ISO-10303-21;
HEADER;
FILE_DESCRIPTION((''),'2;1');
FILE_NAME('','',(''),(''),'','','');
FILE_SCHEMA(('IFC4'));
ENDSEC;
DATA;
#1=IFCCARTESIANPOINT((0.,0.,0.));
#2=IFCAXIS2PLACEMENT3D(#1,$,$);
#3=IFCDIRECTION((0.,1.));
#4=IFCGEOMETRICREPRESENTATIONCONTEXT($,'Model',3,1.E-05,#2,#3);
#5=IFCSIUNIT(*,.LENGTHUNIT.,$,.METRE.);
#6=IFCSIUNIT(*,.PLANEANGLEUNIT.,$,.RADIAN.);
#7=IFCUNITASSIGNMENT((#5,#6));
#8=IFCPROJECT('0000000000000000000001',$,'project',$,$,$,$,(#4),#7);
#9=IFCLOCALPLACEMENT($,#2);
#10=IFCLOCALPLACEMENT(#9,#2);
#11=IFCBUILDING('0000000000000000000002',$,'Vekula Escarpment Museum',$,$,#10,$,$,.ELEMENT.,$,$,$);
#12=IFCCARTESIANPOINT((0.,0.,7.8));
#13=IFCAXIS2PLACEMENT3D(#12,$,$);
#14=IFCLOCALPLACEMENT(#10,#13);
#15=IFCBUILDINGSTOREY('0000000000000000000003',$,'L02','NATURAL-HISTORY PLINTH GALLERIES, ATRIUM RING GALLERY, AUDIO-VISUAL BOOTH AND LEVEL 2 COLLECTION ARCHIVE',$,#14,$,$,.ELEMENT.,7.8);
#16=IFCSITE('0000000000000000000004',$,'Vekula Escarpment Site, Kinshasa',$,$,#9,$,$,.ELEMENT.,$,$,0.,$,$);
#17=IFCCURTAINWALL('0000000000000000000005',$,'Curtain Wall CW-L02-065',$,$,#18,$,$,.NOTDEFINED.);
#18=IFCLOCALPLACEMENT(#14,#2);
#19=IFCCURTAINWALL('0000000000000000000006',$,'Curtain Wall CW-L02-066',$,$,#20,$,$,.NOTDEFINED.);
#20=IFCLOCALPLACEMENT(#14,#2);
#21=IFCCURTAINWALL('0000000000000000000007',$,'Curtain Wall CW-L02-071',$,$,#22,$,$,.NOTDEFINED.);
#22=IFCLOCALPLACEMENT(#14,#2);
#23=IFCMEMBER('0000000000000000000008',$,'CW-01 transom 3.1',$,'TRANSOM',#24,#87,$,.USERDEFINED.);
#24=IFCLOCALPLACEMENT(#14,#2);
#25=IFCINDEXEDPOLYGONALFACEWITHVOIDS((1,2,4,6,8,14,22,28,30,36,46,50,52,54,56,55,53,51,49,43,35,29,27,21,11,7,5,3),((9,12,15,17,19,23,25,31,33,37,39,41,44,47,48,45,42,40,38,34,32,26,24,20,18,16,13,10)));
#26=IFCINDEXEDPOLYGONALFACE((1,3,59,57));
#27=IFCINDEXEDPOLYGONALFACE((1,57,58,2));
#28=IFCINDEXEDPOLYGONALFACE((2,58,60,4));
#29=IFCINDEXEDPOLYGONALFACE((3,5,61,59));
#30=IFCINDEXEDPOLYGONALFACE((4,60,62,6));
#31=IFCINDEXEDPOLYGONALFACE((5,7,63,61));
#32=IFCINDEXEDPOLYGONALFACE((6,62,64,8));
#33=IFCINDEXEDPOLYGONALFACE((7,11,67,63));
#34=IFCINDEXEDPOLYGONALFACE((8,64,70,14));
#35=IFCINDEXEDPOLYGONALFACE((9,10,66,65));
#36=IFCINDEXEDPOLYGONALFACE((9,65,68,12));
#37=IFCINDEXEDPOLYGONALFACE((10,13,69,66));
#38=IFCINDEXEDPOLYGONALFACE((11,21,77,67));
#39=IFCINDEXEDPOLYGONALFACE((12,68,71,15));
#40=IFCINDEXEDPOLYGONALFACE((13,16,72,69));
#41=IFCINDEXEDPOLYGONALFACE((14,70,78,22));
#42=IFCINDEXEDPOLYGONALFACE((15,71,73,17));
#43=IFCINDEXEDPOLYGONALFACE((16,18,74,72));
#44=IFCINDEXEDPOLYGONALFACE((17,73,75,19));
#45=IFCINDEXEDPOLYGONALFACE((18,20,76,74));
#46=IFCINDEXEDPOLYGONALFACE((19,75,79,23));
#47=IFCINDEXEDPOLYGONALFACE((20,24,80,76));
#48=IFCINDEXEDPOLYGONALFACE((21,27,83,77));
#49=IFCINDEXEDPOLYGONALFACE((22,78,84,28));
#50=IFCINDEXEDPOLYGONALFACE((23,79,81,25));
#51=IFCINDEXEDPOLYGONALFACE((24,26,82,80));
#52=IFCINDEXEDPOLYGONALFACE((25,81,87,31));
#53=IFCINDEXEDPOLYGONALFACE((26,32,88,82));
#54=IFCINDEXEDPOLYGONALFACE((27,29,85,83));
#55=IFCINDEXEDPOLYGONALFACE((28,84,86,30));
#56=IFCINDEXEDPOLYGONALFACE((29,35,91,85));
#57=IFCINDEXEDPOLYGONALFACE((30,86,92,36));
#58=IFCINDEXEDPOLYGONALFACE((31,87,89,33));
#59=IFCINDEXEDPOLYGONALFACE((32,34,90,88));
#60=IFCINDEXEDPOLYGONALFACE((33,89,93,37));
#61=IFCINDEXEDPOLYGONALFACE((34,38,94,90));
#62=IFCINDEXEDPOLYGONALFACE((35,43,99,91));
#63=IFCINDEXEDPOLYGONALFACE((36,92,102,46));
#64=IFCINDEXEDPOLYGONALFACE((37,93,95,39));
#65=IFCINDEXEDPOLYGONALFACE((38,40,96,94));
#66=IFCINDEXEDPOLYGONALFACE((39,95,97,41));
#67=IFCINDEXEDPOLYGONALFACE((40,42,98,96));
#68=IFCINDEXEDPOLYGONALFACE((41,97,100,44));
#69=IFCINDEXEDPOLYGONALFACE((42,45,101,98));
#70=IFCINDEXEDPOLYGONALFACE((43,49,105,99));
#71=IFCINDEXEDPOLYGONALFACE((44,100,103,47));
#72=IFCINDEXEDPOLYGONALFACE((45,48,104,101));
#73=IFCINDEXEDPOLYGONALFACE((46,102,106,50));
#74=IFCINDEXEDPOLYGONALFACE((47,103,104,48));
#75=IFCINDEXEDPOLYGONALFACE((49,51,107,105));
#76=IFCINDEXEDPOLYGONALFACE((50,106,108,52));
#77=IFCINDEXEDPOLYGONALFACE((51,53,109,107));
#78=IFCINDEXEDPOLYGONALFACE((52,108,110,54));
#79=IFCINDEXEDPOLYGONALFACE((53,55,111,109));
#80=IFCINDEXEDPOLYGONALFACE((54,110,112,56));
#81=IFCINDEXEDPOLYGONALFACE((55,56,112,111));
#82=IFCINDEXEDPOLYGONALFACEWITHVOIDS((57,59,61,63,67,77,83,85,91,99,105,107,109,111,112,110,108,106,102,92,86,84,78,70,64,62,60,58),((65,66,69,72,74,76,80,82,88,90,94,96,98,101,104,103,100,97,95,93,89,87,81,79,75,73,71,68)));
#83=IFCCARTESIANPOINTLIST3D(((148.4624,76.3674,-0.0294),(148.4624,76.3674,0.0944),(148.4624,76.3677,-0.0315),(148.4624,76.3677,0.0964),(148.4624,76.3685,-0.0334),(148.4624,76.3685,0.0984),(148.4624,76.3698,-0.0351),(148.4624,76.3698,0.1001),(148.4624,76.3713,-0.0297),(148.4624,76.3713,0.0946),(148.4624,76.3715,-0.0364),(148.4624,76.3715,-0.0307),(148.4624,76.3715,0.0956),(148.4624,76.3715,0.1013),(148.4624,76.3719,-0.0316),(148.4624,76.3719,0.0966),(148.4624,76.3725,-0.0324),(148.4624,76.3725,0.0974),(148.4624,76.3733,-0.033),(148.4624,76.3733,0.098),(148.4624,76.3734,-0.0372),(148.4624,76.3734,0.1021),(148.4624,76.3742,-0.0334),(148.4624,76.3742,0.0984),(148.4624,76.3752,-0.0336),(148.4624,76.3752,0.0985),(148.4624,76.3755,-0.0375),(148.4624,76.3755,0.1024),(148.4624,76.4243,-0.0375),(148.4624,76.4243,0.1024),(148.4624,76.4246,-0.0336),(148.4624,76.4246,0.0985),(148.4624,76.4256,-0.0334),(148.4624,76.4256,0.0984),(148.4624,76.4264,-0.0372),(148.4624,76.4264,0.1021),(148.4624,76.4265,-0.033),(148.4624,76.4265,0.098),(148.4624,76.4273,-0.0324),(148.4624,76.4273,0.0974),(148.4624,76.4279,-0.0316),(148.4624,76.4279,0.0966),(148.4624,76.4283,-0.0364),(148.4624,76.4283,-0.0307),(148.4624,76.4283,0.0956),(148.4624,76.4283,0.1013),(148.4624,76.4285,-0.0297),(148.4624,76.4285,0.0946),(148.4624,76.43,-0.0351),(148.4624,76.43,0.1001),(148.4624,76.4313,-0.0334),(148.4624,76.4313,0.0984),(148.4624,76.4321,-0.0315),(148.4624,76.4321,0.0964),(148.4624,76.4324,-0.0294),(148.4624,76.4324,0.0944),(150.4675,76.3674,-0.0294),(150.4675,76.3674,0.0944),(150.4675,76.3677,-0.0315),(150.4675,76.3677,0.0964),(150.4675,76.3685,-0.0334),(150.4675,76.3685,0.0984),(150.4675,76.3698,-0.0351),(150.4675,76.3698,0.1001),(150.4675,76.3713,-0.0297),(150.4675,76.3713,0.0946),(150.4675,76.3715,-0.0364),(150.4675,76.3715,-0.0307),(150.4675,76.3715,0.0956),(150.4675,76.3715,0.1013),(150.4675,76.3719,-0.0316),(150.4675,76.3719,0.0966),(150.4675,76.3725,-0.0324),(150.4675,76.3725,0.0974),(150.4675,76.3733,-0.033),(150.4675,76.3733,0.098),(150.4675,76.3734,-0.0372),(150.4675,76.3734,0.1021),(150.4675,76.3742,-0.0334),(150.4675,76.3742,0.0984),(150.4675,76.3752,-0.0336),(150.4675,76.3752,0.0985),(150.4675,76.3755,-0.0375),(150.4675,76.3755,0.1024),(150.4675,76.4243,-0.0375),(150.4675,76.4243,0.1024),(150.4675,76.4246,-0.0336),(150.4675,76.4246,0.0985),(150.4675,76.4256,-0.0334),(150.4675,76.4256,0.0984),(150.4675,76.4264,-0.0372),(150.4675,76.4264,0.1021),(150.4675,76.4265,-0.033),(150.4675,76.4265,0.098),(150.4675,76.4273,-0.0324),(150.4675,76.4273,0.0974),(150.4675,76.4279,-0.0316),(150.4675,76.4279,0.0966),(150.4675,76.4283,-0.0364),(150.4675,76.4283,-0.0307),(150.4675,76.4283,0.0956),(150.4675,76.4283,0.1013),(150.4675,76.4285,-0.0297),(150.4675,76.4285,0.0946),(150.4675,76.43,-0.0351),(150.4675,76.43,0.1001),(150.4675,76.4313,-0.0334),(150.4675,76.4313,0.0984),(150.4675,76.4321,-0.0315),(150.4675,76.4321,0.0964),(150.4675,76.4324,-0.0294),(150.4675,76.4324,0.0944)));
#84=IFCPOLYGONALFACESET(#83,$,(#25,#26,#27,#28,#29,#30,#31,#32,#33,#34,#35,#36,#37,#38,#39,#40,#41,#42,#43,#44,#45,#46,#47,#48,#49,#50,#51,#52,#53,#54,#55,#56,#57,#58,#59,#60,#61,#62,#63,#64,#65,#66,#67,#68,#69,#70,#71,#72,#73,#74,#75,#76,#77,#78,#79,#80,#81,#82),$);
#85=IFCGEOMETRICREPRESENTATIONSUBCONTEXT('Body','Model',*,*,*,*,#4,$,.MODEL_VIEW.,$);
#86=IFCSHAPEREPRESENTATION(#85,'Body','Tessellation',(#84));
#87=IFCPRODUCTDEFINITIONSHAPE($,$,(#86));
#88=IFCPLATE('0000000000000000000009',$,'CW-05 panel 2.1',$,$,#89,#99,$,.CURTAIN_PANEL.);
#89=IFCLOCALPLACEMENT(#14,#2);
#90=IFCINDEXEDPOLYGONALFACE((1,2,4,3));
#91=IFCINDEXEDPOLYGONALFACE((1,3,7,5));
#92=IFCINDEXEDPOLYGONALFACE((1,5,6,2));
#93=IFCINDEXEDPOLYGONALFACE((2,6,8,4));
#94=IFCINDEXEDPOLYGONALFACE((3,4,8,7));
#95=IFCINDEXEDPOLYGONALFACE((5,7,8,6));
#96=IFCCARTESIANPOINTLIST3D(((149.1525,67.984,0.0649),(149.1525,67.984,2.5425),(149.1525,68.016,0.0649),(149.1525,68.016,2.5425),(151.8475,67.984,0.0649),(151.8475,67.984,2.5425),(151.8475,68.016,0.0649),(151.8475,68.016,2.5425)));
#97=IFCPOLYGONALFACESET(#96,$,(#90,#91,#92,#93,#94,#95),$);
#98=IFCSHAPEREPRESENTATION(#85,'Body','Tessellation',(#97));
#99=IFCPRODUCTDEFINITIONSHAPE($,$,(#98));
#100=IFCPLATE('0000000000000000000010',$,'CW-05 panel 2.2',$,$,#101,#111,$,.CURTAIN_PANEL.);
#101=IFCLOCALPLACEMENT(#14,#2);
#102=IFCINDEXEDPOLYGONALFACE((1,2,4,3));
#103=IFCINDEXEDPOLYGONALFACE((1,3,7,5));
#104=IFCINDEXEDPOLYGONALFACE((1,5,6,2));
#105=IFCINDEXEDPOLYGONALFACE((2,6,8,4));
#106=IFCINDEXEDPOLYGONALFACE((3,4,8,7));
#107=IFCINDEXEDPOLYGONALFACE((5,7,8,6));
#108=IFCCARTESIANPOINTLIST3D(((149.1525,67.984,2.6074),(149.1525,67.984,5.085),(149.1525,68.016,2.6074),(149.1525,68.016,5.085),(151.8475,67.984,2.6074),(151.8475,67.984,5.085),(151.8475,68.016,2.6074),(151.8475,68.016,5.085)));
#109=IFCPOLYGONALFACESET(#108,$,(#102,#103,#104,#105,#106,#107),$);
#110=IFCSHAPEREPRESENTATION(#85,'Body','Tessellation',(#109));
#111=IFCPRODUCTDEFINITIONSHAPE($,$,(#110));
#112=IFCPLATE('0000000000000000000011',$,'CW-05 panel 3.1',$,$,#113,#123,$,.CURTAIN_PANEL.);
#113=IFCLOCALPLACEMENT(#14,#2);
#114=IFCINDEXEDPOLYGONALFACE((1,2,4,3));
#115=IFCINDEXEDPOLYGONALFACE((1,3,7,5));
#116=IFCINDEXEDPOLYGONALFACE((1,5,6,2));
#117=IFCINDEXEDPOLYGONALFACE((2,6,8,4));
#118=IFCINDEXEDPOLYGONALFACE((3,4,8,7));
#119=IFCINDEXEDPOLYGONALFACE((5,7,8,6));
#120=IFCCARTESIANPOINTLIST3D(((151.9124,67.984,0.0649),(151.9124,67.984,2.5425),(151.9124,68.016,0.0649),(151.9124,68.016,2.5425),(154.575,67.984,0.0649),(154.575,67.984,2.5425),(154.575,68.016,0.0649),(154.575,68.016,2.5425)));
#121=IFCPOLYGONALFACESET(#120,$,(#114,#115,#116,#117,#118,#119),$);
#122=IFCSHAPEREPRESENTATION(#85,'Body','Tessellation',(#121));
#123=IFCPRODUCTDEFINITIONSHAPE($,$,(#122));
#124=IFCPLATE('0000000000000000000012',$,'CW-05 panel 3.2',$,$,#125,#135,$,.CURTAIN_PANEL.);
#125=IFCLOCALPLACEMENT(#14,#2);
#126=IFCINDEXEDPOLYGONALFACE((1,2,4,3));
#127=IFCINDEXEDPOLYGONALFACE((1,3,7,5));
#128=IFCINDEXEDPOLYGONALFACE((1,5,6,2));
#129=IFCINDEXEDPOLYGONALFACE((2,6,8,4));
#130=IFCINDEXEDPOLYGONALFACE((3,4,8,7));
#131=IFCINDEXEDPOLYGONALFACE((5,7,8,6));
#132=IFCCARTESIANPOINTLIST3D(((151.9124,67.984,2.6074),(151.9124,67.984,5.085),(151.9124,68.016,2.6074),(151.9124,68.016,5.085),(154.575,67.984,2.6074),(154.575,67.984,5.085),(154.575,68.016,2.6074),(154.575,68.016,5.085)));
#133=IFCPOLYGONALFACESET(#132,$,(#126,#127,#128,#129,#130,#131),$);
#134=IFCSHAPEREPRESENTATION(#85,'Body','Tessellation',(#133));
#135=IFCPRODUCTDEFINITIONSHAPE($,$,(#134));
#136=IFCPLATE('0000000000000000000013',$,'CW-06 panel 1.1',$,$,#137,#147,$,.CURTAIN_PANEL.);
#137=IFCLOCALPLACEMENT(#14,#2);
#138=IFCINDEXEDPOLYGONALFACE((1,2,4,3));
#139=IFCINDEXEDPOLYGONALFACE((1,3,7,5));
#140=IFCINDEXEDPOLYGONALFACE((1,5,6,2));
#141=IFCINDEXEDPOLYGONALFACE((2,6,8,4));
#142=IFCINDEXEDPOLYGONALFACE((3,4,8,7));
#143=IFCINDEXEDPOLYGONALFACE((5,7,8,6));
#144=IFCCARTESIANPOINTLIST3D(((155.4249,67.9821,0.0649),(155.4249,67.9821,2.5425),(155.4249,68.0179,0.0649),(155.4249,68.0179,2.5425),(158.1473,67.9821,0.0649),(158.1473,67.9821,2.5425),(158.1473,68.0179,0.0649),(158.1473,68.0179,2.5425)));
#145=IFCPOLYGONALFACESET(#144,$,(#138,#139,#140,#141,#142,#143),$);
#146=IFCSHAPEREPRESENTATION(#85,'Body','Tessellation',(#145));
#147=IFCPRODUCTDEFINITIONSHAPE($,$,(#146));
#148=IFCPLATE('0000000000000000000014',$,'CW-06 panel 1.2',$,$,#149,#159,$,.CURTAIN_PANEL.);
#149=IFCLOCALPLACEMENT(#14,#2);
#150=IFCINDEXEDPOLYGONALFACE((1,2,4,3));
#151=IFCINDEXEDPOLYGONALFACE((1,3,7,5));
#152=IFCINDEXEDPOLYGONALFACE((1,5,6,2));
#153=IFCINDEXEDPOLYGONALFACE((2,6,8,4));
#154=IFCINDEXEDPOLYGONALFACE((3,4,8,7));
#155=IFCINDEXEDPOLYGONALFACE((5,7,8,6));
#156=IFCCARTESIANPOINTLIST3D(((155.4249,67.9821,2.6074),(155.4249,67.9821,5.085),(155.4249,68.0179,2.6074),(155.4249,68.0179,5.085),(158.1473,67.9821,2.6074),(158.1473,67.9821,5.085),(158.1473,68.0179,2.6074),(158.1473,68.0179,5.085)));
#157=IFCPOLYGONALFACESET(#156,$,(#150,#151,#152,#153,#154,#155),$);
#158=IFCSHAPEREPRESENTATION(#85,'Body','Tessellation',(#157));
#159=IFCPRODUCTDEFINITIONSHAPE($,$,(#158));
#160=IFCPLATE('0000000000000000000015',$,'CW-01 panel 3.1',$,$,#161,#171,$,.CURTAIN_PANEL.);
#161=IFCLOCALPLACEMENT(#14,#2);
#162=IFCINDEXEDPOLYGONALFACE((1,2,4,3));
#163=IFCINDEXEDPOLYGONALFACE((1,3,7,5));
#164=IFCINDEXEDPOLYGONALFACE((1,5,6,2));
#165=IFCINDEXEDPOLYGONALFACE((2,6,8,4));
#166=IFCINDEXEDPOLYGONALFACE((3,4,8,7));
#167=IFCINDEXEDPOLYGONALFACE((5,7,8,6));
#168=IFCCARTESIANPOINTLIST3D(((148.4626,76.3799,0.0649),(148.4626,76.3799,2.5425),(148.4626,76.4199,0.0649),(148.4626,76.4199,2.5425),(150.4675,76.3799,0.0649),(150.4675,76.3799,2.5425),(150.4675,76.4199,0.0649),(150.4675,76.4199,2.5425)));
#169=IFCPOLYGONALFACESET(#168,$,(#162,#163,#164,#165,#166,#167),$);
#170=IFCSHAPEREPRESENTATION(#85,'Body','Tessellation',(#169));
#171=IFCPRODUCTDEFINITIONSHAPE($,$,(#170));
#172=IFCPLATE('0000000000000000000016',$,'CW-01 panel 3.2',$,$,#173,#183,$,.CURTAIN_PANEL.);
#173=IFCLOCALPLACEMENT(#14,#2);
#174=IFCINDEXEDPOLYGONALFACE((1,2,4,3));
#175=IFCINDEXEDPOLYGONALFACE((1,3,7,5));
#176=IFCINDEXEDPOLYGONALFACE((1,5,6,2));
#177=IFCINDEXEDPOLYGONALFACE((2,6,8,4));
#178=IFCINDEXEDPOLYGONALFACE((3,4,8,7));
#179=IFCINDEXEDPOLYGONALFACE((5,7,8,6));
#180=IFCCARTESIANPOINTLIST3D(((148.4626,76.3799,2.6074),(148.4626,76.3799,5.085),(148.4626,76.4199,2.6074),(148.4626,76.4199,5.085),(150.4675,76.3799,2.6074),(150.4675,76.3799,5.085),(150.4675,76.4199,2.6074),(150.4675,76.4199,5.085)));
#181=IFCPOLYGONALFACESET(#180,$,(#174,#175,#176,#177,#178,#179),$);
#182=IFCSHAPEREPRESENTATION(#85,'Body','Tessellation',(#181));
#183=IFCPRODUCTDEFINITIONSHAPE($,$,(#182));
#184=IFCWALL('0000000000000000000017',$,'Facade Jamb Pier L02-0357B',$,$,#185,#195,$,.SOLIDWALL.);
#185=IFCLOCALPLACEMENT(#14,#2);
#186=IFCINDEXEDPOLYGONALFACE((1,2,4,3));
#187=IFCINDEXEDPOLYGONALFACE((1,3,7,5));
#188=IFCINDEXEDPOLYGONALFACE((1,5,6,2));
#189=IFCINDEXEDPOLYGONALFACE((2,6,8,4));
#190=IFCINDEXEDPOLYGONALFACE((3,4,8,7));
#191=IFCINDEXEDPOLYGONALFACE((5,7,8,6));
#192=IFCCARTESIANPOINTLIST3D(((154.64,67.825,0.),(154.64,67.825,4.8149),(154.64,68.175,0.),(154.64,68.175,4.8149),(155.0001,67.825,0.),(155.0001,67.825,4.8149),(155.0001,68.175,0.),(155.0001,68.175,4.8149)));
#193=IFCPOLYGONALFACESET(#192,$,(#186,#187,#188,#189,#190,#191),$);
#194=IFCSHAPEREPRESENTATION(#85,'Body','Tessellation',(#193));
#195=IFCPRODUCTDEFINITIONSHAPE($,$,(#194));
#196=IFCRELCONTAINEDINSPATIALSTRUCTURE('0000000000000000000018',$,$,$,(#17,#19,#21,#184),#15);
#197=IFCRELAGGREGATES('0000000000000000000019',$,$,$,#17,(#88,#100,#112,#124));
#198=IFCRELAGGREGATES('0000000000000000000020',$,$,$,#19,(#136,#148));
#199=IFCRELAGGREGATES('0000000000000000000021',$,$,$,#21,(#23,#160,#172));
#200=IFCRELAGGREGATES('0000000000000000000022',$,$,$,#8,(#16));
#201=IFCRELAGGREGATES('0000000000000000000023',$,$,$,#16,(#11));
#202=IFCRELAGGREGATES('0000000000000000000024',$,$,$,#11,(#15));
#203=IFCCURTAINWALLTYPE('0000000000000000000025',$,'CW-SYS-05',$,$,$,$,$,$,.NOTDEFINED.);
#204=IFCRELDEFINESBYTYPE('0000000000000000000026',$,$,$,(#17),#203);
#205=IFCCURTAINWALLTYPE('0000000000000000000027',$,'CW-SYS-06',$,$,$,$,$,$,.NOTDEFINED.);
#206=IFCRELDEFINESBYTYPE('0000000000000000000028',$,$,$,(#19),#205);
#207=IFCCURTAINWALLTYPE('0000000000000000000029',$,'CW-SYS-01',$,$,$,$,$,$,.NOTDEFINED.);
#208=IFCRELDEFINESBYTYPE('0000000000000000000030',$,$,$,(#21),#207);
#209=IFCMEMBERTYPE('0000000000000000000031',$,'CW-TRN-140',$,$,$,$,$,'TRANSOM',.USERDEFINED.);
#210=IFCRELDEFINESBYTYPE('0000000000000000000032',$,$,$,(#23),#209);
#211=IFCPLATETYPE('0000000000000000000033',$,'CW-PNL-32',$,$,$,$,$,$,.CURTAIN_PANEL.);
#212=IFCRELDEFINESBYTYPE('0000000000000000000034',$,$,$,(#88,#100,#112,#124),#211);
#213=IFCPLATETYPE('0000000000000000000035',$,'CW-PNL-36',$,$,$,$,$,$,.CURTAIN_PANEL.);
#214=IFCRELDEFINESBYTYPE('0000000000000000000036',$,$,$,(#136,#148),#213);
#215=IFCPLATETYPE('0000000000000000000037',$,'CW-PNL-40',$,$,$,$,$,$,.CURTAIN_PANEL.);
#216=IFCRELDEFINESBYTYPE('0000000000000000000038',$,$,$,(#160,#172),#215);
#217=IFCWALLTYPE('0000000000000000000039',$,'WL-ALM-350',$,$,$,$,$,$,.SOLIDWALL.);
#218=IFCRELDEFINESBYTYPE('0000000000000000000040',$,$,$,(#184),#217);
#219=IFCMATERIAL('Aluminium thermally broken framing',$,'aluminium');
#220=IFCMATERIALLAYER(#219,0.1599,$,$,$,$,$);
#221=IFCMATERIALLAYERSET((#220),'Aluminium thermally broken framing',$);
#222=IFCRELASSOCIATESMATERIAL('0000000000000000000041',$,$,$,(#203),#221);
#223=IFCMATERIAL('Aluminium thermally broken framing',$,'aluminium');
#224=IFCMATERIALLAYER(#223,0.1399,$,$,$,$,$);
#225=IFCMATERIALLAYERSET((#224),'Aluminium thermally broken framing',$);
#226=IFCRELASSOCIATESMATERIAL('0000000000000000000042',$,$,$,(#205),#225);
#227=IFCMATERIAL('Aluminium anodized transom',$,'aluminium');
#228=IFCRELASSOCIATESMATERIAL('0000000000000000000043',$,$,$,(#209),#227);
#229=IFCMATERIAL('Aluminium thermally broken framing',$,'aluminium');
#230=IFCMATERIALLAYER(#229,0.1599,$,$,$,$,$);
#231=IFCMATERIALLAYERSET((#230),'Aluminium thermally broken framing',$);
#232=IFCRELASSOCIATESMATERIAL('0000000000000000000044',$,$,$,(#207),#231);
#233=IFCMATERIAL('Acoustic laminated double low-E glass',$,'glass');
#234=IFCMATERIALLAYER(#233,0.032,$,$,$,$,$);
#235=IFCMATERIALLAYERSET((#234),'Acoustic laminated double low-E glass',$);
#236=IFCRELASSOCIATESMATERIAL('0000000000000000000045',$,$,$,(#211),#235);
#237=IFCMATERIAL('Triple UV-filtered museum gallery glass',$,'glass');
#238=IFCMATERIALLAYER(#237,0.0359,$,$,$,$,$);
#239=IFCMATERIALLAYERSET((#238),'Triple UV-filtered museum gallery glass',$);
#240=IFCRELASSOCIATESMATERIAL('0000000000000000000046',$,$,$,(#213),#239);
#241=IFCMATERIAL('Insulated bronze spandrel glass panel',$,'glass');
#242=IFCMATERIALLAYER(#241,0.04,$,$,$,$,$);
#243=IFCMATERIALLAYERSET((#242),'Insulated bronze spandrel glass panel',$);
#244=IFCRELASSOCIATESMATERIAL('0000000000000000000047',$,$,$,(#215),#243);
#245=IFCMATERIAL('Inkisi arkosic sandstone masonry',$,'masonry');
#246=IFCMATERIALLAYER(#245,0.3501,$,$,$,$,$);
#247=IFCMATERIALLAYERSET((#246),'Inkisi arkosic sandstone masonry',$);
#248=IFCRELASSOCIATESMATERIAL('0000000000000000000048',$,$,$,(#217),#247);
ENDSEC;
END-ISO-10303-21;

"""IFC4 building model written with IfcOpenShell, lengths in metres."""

from ifc_helpers import new_model, si_unit, direction, frame, frame_2d, origin, origin_2d, place, context, subcontext, project, spatial, rectangle, hollow_rectangle, extrude, material, layer, layer_set, material_profile, profile_set, type_object, element, aggregate, save


model = new_model("IFC4")

# Units and contexts
model_context = context("Model", 3, precision=1e-05, world=origin(), true_north=direction((0.0, 1.0)))
body_context = subcontext(model_context, "Body", "Model", "MODEL_VIEW")
ifc_project = project(units=[si_unit("LENGTHUNIT", "METRE"), si_unit("PLANEANGLEUNIT", "RADIAN")], contexts=[model_context])

# Site, building, storey
site_placement = place(None, origin())
site = spatial("IfcSite", under=ifc_project, at=site_placement, Name="Vekula Escarpment Site, Kinshasa", CompositionType="ELEMENT", RefElevation=0.0)
building_placement = place(site_placement, origin())
building = spatial("IfcBuilding", under=site, at=building_placement, Name="Vekula Escarpment Museum", CompositionType="ELEMENT")
storey_placement = place(building_placement, frame((0.0, 0.0, 7.8)))
storey = spatial("IfcBuildingStorey", under=building, at=storey_placement, Name="L02", Description="NATURAL-HISTORY PLINTH GALLERIES, ATRIUM RING GALLERY, AUDIO-VISUAL BOOTH AND LEVEL 2 COLLECTION ARCHIVE", CompositionType="ELEMENT", Elevation=7.8)

# Curtain wall
ifc_material_1 = material(Name="Aluminium thermally broken framing", Category="aluminium")
ifc_layer_1 = layer(ifc_material_1, 0.1599)
ifc_layer_set_1 = layer_set([ifc_layer_1], Name="Aluminium thermally broken framing")
curtain_wall_type_1 = type_object("IfcCurtainWallType", Name="CW-SYS-05", PredefinedType="NOTDEFINED", material=ifc_layer_set_1)
curtain_wall_1_placement = place(storey_placement, origin())
curtain_wall_1 = element("IfcCurtainWall", 1, at=curtain_wall_1_placement, inside=storey, type_object=curtain_wall_type_1, Name="Curtain Wall CW-L02-065", PredefinedType="NOTDEFINED")

# Curtain wall
ifc_material_2 = material(Name="Aluminium thermally broken framing", Category="aluminium")
ifc_layer_2 = layer(ifc_material_2, 0.1399)
ifc_layer_set_2 = layer_set([ifc_layer_2], Name="Aluminium thermally broken framing")
curtain_wall_type_2 = type_object("IfcCurtainWallType", Name="CW-SYS-06", PredefinedType="NOTDEFINED", material=ifc_layer_set_2)
curtain_wall_2_placement = place(storey_placement, origin())
curtain_wall_2 = element("IfcCurtainWall", 2, at=curtain_wall_2_placement, inside=storey, type_object=curtain_wall_type_2, Name="Curtain Wall CW-L02-066", PredefinedType="NOTDEFINED")

# Shared definitions
ifc_material_3 = material(Name="Aluminium anodized transom", Category="aluminium")
ifc_material_profile_1 = material_profile(ifc_material_3, hollow_rectangle(XDim=0.0649, YDim=0.1399, WallThickness=0.0039, InnerFilletRadius=0.0039, OuterFilletRadius=0.0081, at=origin_2d()), Name="ALU 140x65x4")
ifc_profile_set_1 = profile_set([ifc_material_profile_1], Name="Aluminium anodized transom")
member_type_1 = type_object("IfcMemberType", Name="CW-TRN-140", ElementType="TRANSOM", PredefinedType="USERDEFINED", material=ifc_profile_set_1)

# Curtain wall, member
ifc_material_4 = material(Name="Aluminium thermally broken framing", Category="aluminium")
ifc_layer_3 = layer(ifc_material_4, 0.1599)
ifc_layer_set_3 = layer_set([ifc_layer_3], Name="Aluminium thermally broken framing")
curtain_wall_type_3 = type_object("IfcCurtainWallType", Name="CW-SYS-01", PredefinedType="NOTDEFINED", material=ifc_layer_set_3)
curtain_wall_3_placement = place(storey_placement, origin())
curtain_wall_3 = element("IfcCurtainWall", 3, at=curtain_wall_3_placement, inside=storey, type_object=curtain_wall_type_3, Name="Curtain Wall CW-L02-071", PredefinedType="NOTDEFINED")
member_1_placement = place(storey_placement, frame((150.4675, 76.3999, 0.0325), z_axis=(-1.0, 0.0, 0.0), x_axis=(0.0, -1.0, 0.0)))
member_1 = element("IfcMember", 4, at=member_1_placement, type_object=member_type_1, Name="CW-01 transom 3.1", ObjectType="TRANSOM", PredefinedType="USERDEFINED", context=body_context, shape_type="SweptSolid", body=[
    extrude(hollow_rectangle(XDim=0.0649, YDim=0.1399, WallThickness=0.0039, InnerFilletRadius=0.0039, OuterFilletRadius=0.0081, at=origin_2d()), origin(), (0.0, 0.0, 1.0), 2.0051),
])

# Plates
ifc_material_5 = material(Name="Acoustic laminated double low-E glass", Category="glass")
ifc_layer_4 = layer(ifc_material_5, 0.032)
ifc_layer_set_4 = layer_set([ifc_layer_4], Name="Acoustic laminated double low-E glass")
plate_type_1 = type_object("IfcPlateType", Name="CW-PNL-32", PredefinedType="CURTAIN_PANEL", material=ifc_layer_set_4)
plate_1_placement = place(storey_placement, frame((150.5, 68.0, 0.0649), z_axis=(0.0, 0.0, 1.0), x_axis=(1.0, 0.0, 0.0)))
plate_1 = element("IfcPlate", 5, at=plate_1_placement, type_object=plate_type_1, Name="CW-05 panel 2.1", PredefinedType="CURTAIN_PANEL", context=body_context, shape_type="SweptSolid", body=[
    extrude(rectangle(XDim=2.6951, YDim=0.032, at=origin_2d()), origin(), (0.0, 0.0, 1.0), 2.4775),
])
plate_2_placement = place(storey_placement, frame((150.5, 68.0, 2.6074), z_axis=(0.0, 0.0, 1.0), x_axis=(1.0, 0.0, 0.0)))
plate_2 = element("IfcPlate", 6, at=plate_2_placement, type_object=plate_type_1, Name="CW-05 panel 2.2", PredefinedType="CURTAIN_PANEL", context=body_context, shape_type="SweptSolid", body=[
    extrude(rectangle(XDim=2.6951, YDim=0.032, at=origin_2d()), origin(), (0.0, 0.0, 1.0), 2.4775),
])
plate_3_placement = place(storey_placement, frame((153.2437, 68.0, 0.0649), z_axis=(0.0, 0.0, 1.0), x_axis=(1.0, 0.0, 0.0)))
plate_3 = element("IfcPlate", 7, at=plate_3_placement, type_object=plate_type_1, Name="CW-05 panel 3.1", PredefinedType="CURTAIN_PANEL", context=body_context, shape_type="SweptSolid", body=[
    extrude(rectangle(XDim=2.6626, YDim=0.032, at=origin_2d()), origin(), (0.0, 0.0, 1.0), 2.4775),
])
plate_4_placement = place(storey_placement, frame((153.2437, 68.0, 2.6074), z_axis=(0.0, 0.0, 1.0), x_axis=(1.0, 0.0, 0.0)))
plate_4 = element("IfcPlate", 8, at=plate_4_placement, type_object=plate_type_1, Name="CW-05 panel 3.2", PredefinedType="CURTAIN_PANEL", context=body_context, shape_type="SweptSolid", body=[
    extrude(rectangle(XDim=2.6626, YDim=0.032, at=origin_2d()), origin(), (0.0, 0.0, 1.0), 2.4775),
])
aggregate(curtain_wall_1, [plate_1, plate_2, plate_3, plate_4])
ifc_material_6 = material(Name="Triple UV-filtered museum gallery glass", Category="glass")
ifc_layer_5 = layer(ifc_material_6, 0.0359)
ifc_layer_set_5 = layer_set([ifc_layer_5], Name="Triple UV-filtered museum gallery glass")
plate_type_2 = type_object("IfcPlateType", Name="CW-PNL-36", PredefinedType="CURTAIN_PANEL", material=ifc_layer_set_5)
plate_5_placement = place(storey_placement, frame((156.7861, 68.0, 0.0649), z_axis=(0.0, 0.0, 1.0), x_axis=(1.0, 0.0, 0.0)))
plate_5 = element("IfcPlate", 9, at=plate_5_placement, type_object=plate_type_2, Name="CW-06 panel 1.1", PredefinedType="CURTAIN_PANEL", context=body_context, shape_type="SweptSolid", body=[
    extrude(rectangle(XDim=2.7224, YDim=0.0359, at=origin_2d()), origin(), (0.0, 0.0, 1.0), 2.4775),
])
plate_6_placement = place(storey_placement, frame((156.7861, 68.0, 2.6074), z_axis=(0.0, 0.0, 1.0), x_axis=(1.0, 0.0, 0.0)))
plate_6 = element("IfcPlate", 10, at=plate_6_placement, type_object=plate_type_2, Name="CW-06 panel 1.2", PredefinedType="CURTAIN_PANEL", context=body_context, shape_type="SweptSolid", body=[
    extrude(rectangle(XDim=2.7224, YDim=0.0359, at=origin_2d()), origin(), (0.0, 0.0, 1.0), 2.4775),
])
aggregate(curtain_wall_2, [plate_5, plate_6])
ifc_material_7 = material(Name="Insulated bronze spandrel glass panel", Category="glass")
ifc_layer_6 = layer(ifc_material_7, 0.04)
ifc_layer_set_6 = layer_set([ifc_layer_6], Name="Insulated bronze spandrel glass panel")
plate_type_3 = type_object("IfcPlateType", Name="CW-PNL-40", PredefinedType="CURTAIN_PANEL", material=ifc_layer_set_6)
plate_7_placement = place(storey_placement, frame((149.4651, 76.3999, 0.0649), z_axis=(0.0, 0.0, 1.0), x_axis=(-1.0, 0.0, 0.0)))
plate_7 = element("IfcPlate", 11, at=plate_7_placement, type_object=plate_type_3, Name="CW-01 panel 3.1", PredefinedType="CURTAIN_PANEL", context=body_context, shape_type="SweptSolid", body=[
    extrude(rectangle(XDim=2.0049, YDim=0.04, at=origin_2d()), origin(), (0.0, 0.0, 1.0), 2.4775),
])
plate_8_placement = place(storey_placement, frame((149.4651, 76.3999, 2.6074), z_axis=(0.0, 0.0, 1.0), x_axis=(-1.0, 0.0, 0.0)))
plate_8 = element("IfcPlate", 12, at=plate_8_placement, type_object=plate_type_3, Name="CW-01 panel 3.2", PredefinedType="CURTAIN_PANEL", context=body_context, shape_type="SweptSolid", body=[
    extrude(rectangle(XDim=2.0049, YDim=0.04, at=origin_2d()), origin(), (0.0, 0.0, 1.0), 2.4775),
])
aggregate(curtain_wall_3, [member_1, plate_7, plate_8])

# Wall
ifc_material_8 = material(Name="Inkisi arkosic sandstone masonry", Category="masonry")
ifc_layer_7 = layer(ifc_material_8, 0.3501)
ifc_layer_set_7 = layer_set([ifc_layer_7], Name="Inkisi arkosic sandstone masonry")
wall_type = type_object("IfcWallType", Name="WL-ALM-350", PredefinedType="SOLIDWALL", material=ifc_layer_set_7)
wall_1_placement = place(storey_placement, frame((154.6399, 68.0, 0.0), z_axis=(0.0, 0.0, 1.0), x_axis=(1.0, 0.0, 0.0)))
element("IfcWall", 13, at=wall_1_placement, inside=storey, type_object=wall_type, Name="Facade Jamb Pier L02-0357B", PredefinedType="SOLIDWALL", context=body_context, shape_type="SweptSolid", body=[
    extrude(rectangle(XDim=0.3601, YDim=0.3501, at=frame_2d((0.1802, 0.0))), origin(), (0.0, 0.0, 1.0), 4.8149),
])

save(model, "model.ifc")
